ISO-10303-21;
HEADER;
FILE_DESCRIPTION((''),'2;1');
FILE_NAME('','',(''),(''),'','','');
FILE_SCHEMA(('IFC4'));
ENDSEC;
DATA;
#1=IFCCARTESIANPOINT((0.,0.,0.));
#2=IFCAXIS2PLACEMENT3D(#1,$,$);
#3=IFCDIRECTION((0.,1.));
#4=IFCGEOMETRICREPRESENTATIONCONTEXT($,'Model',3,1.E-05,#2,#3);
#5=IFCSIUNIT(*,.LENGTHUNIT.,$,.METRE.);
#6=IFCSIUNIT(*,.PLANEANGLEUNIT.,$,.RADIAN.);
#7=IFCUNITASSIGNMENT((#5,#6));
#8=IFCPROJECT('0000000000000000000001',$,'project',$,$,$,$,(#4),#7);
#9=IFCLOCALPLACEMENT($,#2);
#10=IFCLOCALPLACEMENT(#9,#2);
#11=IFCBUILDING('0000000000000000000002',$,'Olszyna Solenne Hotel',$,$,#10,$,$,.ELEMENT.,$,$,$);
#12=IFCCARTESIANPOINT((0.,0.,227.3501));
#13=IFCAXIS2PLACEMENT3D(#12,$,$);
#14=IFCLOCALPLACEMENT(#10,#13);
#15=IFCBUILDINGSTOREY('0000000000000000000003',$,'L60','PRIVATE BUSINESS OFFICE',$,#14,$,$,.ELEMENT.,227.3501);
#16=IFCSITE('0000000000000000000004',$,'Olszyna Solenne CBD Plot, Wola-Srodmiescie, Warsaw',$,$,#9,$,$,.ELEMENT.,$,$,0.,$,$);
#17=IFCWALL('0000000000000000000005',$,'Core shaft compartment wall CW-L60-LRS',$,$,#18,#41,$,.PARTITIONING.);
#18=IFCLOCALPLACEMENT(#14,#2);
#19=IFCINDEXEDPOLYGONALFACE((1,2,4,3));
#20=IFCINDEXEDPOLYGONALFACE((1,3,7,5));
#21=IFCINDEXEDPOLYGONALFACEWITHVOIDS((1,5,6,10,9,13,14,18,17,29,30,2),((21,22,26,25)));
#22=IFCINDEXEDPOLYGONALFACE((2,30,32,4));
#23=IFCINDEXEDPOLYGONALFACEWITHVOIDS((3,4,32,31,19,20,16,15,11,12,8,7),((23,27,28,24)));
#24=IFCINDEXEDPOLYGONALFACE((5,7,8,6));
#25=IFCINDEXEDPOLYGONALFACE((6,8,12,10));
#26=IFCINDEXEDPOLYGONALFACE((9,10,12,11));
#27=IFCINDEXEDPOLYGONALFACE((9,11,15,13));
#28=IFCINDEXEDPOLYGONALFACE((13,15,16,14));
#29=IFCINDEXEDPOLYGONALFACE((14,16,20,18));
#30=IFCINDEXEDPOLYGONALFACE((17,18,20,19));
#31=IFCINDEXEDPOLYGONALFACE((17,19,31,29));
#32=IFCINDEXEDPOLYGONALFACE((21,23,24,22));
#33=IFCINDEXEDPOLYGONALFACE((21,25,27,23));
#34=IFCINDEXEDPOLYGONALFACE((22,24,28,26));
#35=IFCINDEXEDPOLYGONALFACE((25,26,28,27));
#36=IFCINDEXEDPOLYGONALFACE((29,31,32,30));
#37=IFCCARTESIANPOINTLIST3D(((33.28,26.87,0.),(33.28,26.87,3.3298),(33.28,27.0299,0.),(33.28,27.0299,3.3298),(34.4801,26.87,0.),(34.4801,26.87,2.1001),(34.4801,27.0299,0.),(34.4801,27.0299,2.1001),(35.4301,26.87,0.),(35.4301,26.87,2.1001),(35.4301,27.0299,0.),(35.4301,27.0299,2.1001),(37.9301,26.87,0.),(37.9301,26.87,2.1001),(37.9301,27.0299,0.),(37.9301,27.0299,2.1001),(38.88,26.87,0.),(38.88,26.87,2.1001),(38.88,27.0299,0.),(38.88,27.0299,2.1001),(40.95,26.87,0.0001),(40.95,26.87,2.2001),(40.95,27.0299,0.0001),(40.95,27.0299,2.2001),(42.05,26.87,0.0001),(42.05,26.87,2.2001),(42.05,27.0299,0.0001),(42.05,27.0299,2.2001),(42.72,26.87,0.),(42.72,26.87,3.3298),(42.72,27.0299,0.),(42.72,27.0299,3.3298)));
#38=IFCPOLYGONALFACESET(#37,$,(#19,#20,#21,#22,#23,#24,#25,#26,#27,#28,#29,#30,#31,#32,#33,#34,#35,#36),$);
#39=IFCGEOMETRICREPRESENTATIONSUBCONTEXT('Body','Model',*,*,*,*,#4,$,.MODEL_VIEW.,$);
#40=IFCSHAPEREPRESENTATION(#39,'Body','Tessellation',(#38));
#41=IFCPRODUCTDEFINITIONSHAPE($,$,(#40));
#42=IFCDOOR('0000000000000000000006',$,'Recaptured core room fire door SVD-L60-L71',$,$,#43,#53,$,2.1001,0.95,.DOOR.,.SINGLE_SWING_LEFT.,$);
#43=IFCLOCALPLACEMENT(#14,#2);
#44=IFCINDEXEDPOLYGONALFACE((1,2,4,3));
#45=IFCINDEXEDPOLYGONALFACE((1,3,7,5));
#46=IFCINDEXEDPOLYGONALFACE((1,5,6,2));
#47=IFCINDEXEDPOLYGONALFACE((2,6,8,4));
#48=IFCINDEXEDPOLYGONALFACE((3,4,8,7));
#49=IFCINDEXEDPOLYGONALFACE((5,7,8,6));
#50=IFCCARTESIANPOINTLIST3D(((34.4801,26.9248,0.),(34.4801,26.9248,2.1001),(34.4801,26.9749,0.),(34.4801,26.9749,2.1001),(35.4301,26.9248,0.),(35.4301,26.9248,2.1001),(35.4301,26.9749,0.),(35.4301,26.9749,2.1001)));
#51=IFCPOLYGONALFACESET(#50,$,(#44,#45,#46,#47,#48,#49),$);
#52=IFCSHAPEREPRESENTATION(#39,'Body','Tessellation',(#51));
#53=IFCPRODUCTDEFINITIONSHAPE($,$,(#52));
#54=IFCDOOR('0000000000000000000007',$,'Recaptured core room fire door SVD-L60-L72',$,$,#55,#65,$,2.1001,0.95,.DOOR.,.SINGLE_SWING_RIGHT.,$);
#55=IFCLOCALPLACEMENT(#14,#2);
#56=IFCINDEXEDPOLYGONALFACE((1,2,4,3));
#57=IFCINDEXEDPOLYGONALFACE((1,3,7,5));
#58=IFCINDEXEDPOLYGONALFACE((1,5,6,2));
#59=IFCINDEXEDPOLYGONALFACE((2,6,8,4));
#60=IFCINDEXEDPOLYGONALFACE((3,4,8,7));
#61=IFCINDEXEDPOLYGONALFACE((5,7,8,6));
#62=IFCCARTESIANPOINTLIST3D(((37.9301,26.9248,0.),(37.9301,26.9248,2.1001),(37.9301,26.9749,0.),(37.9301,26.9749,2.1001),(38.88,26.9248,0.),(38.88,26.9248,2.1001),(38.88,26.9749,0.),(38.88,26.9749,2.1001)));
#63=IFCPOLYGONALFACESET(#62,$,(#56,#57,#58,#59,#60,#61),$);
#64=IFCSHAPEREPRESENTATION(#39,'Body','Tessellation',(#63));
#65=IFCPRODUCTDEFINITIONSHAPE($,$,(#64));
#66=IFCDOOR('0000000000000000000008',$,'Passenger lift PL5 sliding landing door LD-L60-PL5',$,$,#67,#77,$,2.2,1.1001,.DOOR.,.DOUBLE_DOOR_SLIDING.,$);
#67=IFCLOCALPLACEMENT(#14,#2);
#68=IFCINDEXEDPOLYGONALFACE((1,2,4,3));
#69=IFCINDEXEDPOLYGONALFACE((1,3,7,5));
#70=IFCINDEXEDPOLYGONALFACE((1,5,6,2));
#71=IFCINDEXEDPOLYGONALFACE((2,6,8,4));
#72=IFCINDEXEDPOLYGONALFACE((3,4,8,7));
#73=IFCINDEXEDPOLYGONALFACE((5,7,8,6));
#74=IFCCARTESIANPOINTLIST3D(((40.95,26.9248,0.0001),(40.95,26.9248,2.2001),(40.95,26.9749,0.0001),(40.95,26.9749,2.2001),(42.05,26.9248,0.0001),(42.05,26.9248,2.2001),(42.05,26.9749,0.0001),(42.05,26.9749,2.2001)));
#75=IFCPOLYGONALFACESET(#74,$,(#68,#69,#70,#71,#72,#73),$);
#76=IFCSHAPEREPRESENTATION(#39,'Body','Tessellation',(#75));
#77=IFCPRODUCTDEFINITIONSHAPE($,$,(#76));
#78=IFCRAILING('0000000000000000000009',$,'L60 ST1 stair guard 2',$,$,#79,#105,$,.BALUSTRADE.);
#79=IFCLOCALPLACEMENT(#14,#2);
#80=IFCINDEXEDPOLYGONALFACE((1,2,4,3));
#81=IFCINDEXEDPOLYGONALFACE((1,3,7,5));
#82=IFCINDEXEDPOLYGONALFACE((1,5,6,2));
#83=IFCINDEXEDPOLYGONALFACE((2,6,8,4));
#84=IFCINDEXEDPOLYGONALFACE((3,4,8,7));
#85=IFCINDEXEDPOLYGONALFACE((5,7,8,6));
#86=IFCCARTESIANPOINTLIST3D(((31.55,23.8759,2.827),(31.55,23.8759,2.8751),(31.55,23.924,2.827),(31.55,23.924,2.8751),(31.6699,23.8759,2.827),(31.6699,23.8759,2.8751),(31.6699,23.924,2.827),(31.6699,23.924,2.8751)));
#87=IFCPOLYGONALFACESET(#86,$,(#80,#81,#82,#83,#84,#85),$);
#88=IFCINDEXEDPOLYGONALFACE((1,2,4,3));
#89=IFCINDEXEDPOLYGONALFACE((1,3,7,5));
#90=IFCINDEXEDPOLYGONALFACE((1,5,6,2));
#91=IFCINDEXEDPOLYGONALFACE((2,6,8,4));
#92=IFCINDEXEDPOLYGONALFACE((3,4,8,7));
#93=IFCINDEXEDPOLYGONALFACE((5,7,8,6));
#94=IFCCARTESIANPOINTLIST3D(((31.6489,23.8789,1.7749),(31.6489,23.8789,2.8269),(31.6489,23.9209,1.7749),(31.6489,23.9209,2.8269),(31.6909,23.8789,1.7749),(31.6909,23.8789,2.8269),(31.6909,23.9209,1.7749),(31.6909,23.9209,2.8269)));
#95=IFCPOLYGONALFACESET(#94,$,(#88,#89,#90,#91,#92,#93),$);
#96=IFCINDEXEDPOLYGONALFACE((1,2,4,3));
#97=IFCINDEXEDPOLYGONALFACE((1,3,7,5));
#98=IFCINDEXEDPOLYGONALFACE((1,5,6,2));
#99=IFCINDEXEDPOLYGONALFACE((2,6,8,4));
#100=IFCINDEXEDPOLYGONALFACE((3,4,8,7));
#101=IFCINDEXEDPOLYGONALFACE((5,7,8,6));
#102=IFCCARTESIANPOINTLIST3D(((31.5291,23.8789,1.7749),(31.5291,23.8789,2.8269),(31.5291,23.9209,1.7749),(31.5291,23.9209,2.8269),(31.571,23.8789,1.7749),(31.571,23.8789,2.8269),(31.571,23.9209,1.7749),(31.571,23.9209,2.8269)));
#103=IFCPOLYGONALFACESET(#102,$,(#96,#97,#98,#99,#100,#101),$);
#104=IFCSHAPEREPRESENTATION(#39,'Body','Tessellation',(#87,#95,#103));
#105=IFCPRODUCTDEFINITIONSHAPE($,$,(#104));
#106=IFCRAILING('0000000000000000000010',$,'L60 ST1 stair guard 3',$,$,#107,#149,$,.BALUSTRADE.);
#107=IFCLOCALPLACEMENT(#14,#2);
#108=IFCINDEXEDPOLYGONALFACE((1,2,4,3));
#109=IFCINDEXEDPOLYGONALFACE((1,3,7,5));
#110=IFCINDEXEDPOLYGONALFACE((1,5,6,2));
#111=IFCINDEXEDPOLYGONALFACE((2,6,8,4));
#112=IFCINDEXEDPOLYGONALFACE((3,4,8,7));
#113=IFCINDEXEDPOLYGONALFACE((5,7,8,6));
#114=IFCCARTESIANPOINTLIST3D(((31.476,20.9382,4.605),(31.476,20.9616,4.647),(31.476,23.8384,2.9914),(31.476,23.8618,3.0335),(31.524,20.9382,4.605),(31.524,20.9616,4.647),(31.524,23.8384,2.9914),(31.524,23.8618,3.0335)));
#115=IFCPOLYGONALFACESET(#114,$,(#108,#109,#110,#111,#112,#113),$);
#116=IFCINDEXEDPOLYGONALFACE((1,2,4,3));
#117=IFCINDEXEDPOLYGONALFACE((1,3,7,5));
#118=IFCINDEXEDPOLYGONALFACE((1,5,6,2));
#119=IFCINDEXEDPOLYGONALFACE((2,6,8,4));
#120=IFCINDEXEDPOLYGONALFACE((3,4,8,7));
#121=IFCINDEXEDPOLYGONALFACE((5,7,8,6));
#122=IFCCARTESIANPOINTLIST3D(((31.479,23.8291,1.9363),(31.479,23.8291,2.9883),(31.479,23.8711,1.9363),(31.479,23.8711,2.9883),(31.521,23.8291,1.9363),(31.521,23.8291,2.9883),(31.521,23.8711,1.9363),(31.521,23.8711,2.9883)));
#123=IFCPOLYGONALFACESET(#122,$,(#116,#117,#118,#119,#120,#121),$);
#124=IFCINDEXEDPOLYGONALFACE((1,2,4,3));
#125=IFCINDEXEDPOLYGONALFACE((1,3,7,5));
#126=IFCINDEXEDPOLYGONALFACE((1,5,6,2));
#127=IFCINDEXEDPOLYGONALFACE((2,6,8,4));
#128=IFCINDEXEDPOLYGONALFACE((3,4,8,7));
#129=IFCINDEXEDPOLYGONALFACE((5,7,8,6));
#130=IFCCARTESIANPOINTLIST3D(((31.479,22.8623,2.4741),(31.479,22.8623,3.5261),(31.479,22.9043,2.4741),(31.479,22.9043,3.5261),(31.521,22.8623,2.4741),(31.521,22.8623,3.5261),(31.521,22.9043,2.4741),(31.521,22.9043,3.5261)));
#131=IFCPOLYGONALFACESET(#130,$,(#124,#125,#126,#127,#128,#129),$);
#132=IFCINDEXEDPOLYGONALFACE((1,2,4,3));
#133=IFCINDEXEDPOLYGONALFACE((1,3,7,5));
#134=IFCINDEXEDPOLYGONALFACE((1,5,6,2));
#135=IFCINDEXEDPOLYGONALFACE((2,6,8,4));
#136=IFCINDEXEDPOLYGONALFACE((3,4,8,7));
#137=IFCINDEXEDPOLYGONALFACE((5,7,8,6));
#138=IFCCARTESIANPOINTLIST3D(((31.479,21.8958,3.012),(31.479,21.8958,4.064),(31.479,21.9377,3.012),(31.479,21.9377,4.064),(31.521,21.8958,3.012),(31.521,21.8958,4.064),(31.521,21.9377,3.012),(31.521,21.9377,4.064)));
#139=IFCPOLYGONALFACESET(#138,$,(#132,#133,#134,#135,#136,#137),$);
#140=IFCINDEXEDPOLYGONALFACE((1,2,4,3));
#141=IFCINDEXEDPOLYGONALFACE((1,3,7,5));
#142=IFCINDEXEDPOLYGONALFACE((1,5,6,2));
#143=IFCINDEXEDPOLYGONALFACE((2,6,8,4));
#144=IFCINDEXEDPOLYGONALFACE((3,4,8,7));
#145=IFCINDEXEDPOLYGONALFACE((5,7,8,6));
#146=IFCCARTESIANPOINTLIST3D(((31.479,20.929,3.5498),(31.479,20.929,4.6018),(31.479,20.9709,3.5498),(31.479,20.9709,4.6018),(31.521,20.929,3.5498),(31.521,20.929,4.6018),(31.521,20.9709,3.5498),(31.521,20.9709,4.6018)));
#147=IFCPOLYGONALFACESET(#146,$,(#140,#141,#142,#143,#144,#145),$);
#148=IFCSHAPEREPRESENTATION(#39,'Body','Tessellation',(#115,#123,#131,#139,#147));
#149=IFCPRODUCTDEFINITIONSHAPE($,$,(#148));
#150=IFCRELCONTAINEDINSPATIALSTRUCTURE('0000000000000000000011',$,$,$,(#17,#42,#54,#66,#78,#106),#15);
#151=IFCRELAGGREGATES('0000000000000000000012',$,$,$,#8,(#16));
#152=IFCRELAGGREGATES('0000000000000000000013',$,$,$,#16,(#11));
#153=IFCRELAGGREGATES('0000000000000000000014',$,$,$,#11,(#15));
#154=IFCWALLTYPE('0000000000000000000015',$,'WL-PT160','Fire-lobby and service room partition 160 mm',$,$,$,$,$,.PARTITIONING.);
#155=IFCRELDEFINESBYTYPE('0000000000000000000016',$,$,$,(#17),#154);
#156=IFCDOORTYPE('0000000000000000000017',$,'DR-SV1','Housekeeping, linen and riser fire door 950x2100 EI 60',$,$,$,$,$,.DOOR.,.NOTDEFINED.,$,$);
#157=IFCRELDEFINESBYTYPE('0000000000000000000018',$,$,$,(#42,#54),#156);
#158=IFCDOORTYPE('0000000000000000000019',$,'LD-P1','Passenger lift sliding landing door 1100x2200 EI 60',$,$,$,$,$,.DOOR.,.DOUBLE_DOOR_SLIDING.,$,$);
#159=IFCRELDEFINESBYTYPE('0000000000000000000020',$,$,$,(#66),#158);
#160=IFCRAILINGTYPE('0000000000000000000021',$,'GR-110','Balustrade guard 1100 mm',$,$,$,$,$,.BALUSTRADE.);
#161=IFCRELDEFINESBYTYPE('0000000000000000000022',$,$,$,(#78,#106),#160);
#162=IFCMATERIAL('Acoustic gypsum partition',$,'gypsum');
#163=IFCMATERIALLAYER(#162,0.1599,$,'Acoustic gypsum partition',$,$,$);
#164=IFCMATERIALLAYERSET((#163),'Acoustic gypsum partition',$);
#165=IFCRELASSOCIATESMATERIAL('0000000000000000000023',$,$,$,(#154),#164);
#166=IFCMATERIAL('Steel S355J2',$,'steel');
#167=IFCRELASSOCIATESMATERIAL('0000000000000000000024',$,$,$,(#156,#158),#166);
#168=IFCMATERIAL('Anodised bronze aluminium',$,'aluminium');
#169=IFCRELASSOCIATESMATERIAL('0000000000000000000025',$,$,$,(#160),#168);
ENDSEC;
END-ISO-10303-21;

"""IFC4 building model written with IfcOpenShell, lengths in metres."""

from ifc_helpers import new_model, si_unit, direction, frame, frame_2d, origin, origin_2d, place, context, subcontext, project, spatial, rectangle, extrude, source, transform, mapped, material, layer, layer_set, type_object, type_shapes, element, fill, save


model = new_model("IFC4")

# Units and contexts
model_context = context("Model", 3, precision=1e-05, world=origin(), true_north=direction((0.0, 1.0)))
body_context = subcontext(model_context, "Body", "Model", "MODEL_VIEW")
ifc_project = project(units=[si_unit("LENGTHUNIT", "METRE"), si_unit("PLANEANGLEUNIT", "RADIAN")], contexts=[model_context])

# Site, building, storey
site_placement = place(None, origin())
site = spatial("IfcSite", under=ifc_project, at=site_placement, Name="Olszyna Solenne CBD Plot, Wola-Srodmiescie, Warsaw", CompositionType="ELEMENT", RefElevation=0.0)
building_placement = place(site_placement, origin())
building = spatial("IfcBuilding", under=site, at=building_placement, Name="Olszyna Solenne Hotel", CompositionType="ELEMENT")
storey_placement = place(building_placement, frame((0.0, 0.0, 227.3501)))
storey = spatial("IfcBuildingStorey", under=building, at=storey_placement, Name="L60", Description="PRIVATE BUSINESS OFFICE", CompositionType="ELEMENT", Elevation=227.3501)

# Shared definitions
ifc_material_1 = material(Name="Steel S355J2", Category="steel")

# Shared definitions
ifc_material_2 = material(Name="Acoustic gypsum partition", Category="gypsum")
ifc_layer_1 = layer(ifc_material_2, 0.1599, Name="Acoustic gypsum partition")
ifc_layer_set_1 = layer_set([ifc_layer_1], Name="Acoustic gypsum partition")
wall_type_1 = type_object("IfcWallType", Name="WL-PT160", Description="Fire-lobby and service room partition 160 mm", PredefinedType="PARTITIONING", material=ifc_layer_set_1)

# Wall, openings, doors
wall_1_placement = place(storey_placement, frame((33.28, 26.95, 0.0), z_axis=(0.0, 0.0, 1.0), x_axis=(1.0, 0.0, 0.0)))
wall_1 = element("IfcWall", 1, at=wall_1_placement, inside=storey, type_object=wall_type_1, Name="Core shaft compartment wall CW-L60-LRS", PredefinedType="PARTITIONING", context=body_context, shape_type="SweptSolid", body=[
    extrude(rectangle(XDim=9.4399, YDim=0.1599, at=frame_2d((4.72, 0.0))), origin(), (0.0, 0.0, 1.0), 3.3298),
])
opening_1_placement = place(wall_1_placement, frame((1.2, 0.0, 0.0)))
opening_1 = element("IfcOpeningElement", 2, at=opening_1_placement, cuts=wall_1, PredefinedType="OPENING", context=body_context, shape_type="SweptSolid", body=[
    extrude(rectangle(XDim=0.95, YDim=2.1001, at=frame_2d((0.4751, 1.05))), frame((0.0, 0.0898, 0.0), z_axis=(0.0, -1.0, 0.0), x_axis=(1.0, 0.0, 0.0)), (0.0, 0.0, 1.0), 0.1799),
])
opening_2_placement = place(wall_1_placement, frame((4.6499, 0.0, 0.0)))
opening_2 = element("IfcOpeningElement", 3, at=opening_2_placement, cuts=wall_1, PredefinedType="OPENING", context=body_context, shape_type="SweptSolid", body=[
    extrude(rectangle(XDim=0.95, YDim=2.1001, at=frame_2d((0.4751, 1.05))), frame((0.0, 0.0898, 0.0), z_axis=(0.0, -1.0, 0.0), x_axis=(1.0, 0.0, 0.0)), (0.0, 0.0, 1.0), 0.1799),
])
opening_3_placement = place(wall_1_placement, frame((7.6699, 0.0, 0.0)))
opening_3 = element("IfcOpeningElement", 4, at=opening_3_placement, cuts=wall_1, PredefinedType="OPENING", context=body_context, shape_type="SweptSolid", body=[
    extrude(rectangle(XDim=1.1001, YDim=2.2, at=frame_2d((0.55, 1.1001))), frame((0.0, 0.0898, 0.0), z_axis=(0.0, -1.0, 0.0), x_axis=(1.0, 0.0, 0.0)), (0.0, 0.0, 1.0), 0.1799),
])
door_type_1 = type_object("IfcDoorType", Name="DR-SV1", Description="Housekeeping, linen and riser fire door 950x2100 EI 60", OperationType="NOTDEFINED", PredefinedType="DOOR", material=ifc_material_1)
shared_shape_1 = source(origin(), body_context, "Body", "SweptSolid", [
    extrude(rectangle(XDim=0.95, YDim=2.1001, at=frame_2d((0.4751, 1.05))), frame((0.0, 0.0249, 0.0), z_axis=(0.0, -1.0, 0.0), x_axis=(1.0, 0.0, 0.0)), (0.0, 0.0, 1.0), 0.05),
])
type_shapes(door_type_1, [shared_shape_1])
door_1_placement = place(opening_1_placement, origin())
door_1 = element("IfcDoor", 5, at=door_1_placement, inside=storey, type_object=door_type_1, Name="Recaptured core room fire door SVD-L60-L71", OperationType="SINGLE_SWING_LEFT", OverallHeight=2.1001, OverallWidth=0.95, PredefinedType="DOOR", context=body_context, shape_type="MappedRepresentation", body=[
    mapped(shared_shape_1, transform((0.0, 0.0, 0.0), x_axis=(1.0, 0.0, 0.0), y_axis=(0.0, 1.0, 0.0), z_axis=(0.0, 0.0, 1.0), scale=1.0)),
])
fill(opening_1, door_1)
door_2_placement = place(opening_2_placement, origin())
door_2 = element("IfcDoor", 6, at=door_2_placement, inside=storey, type_object=door_type_1, Name="Recaptured core room fire door SVD-L60-L72", OperationType="SINGLE_SWING_RIGHT", OverallHeight=2.1001, OverallWidth=0.95, PredefinedType="DOOR", context=body_context, shape_type="MappedRepresentation", body=[
    mapped(shared_shape_1, transform((0.0, 0.0, 0.0), x_axis=(1.0, 0.0, 0.0), y_axis=(0.0, 1.0, 0.0), z_axis=(0.0, 0.0, 1.0), scale=1.0)),
])
fill(opening_2, door_2)
door_type_2 = type_object("IfcDoorType", Name="LD-P1", Description="Passenger lift sliding landing door 1100x2200 EI 60", OperationType="DOUBLE_DOOR_SLIDING", PredefinedType="DOOR", material=ifc_material_1)
shared_shape_2 = source(origin(), body_context, "Body", "SweptSolid", [
    extrude(rectangle(XDim=1.1001, YDim=2.2, at=frame_2d((0.55, 1.1001))), frame((0.0, 0.0249, 0.0), z_axis=(0.0, -1.0, 0.0), x_axis=(1.0, 0.0, 0.0)), (0.0, 0.0, 1.0), 0.05),
])
type_shapes(door_type_2, [shared_shape_2])
door_3_placement = place(opening_3_placement, origin())
door_3 = element("IfcDoor", 7, at=door_3_placement, inside=storey, type_object=door_type_2, Name="Passenger lift PL5 sliding landing door LD-L60-PL5", OperationType="DOUBLE_DOOR_SLIDING", OverallHeight=2.2, OverallWidth=1.1001, PredefinedType="DOOR", context=body_context, shape_type="MappedRepresentation", body=[
    mapped(shared_shape_2, transform((0.0, 0.0, 0.0), x_axis=(1.0, 0.0, 0.0), y_axis=(0.0, 1.0, 0.0), z_axis=(0.0, 0.0, 1.0), scale=1.0)),
])
fill(opening_3, door_3)

# Railings
ifc_material_3 = material(Name="Anodised bronze aluminium", Category="aluminium")
railing_type = type_object("IfcRailingType", Name="GR-110", Description="Balustrade guard 1100 mm", PredefinedType="BALUSTRADE", material=ifc_material_3)
railing_1_placement = place(storey_placement, frame((31.6699, 23.8999, 1.7749)))
element("IfcRailing", 8, at=railing_1_placement, inside=storey, type_object=railing_type, Name="L60 ST1 stair guard 2", PredefinedType="BALUSTRADE", context=body_context, shape_type="SweptSolid", body=[
    extrude(rectangle(XDim=0.0481, YDim=0.0481, at=origin_2d()), frame((0.0, 0.0, 1.0762), z_axis=(-1.0, 0.0, 0.0), x_axis=(0.0, -1.0, 0.0)), (0.0, 0.0, 1.0), 0.1199),
    extrude(rectangle(XDim=0.042, YDim=0.042, at=origin_2d()), origin(), (0.0, 0.0, 1.0), 1.052),
    extrude(rectangle(XDim=0.042, YDim=0.042, at=origin_2d()), frame((-0.1199, 0.0, 0.0)), (0.0, 0.0, 1.0), 1.052),
])
railing_2_placement = place(storey_placement, frame((31.5, 23.8501, 1.9363)))
element("IfcRailing", 9, at=railing_2_placement, inside=storey, type_object=railing_type, Name="L60 ST1 stair guard 3", PredefinedType="BALUSTRADE", context=body_context, shape_type="SweptSolid", body=[
    extrude(rectangle(XDim=0.0481, YDim=0.0481, at=origin_2d()), frame((0.0, 0.0, 1.0762), z_axis=(0.0, -0.873859, 0.48618), x_axis=(1.0, 0.0, 0.0)), (0.0, 0.0, 1.0), 3.3188),
    extrude(rectangle(XDim=0.042, YDim=0.042, at=origin_2d()), origin(), (0.0, 0.0, 1.0), 1.052),
    extrude(rectangle(XDim=0.042, YDim=0.042, at=origin_2d()), frame((0.0, -0.9668, 0.5378)), (0.0, 0.0, 1.0), 1.052),
    extrude(rectangle(XDim=0.042, YDim=0.042, at=origin_2d()), frame((0.0, -1.9333, 1.0757)), (0.0, 0.0, 1.0), 1.052),
    extrude(rectangle(XDim=0.042, YDim=0.042, at=origin_2d()), frame((0.0, -2.9001, 1.6135)), (0.0, 0.0, 1.0), 1.052),
])

save(model, "model.ifc")
